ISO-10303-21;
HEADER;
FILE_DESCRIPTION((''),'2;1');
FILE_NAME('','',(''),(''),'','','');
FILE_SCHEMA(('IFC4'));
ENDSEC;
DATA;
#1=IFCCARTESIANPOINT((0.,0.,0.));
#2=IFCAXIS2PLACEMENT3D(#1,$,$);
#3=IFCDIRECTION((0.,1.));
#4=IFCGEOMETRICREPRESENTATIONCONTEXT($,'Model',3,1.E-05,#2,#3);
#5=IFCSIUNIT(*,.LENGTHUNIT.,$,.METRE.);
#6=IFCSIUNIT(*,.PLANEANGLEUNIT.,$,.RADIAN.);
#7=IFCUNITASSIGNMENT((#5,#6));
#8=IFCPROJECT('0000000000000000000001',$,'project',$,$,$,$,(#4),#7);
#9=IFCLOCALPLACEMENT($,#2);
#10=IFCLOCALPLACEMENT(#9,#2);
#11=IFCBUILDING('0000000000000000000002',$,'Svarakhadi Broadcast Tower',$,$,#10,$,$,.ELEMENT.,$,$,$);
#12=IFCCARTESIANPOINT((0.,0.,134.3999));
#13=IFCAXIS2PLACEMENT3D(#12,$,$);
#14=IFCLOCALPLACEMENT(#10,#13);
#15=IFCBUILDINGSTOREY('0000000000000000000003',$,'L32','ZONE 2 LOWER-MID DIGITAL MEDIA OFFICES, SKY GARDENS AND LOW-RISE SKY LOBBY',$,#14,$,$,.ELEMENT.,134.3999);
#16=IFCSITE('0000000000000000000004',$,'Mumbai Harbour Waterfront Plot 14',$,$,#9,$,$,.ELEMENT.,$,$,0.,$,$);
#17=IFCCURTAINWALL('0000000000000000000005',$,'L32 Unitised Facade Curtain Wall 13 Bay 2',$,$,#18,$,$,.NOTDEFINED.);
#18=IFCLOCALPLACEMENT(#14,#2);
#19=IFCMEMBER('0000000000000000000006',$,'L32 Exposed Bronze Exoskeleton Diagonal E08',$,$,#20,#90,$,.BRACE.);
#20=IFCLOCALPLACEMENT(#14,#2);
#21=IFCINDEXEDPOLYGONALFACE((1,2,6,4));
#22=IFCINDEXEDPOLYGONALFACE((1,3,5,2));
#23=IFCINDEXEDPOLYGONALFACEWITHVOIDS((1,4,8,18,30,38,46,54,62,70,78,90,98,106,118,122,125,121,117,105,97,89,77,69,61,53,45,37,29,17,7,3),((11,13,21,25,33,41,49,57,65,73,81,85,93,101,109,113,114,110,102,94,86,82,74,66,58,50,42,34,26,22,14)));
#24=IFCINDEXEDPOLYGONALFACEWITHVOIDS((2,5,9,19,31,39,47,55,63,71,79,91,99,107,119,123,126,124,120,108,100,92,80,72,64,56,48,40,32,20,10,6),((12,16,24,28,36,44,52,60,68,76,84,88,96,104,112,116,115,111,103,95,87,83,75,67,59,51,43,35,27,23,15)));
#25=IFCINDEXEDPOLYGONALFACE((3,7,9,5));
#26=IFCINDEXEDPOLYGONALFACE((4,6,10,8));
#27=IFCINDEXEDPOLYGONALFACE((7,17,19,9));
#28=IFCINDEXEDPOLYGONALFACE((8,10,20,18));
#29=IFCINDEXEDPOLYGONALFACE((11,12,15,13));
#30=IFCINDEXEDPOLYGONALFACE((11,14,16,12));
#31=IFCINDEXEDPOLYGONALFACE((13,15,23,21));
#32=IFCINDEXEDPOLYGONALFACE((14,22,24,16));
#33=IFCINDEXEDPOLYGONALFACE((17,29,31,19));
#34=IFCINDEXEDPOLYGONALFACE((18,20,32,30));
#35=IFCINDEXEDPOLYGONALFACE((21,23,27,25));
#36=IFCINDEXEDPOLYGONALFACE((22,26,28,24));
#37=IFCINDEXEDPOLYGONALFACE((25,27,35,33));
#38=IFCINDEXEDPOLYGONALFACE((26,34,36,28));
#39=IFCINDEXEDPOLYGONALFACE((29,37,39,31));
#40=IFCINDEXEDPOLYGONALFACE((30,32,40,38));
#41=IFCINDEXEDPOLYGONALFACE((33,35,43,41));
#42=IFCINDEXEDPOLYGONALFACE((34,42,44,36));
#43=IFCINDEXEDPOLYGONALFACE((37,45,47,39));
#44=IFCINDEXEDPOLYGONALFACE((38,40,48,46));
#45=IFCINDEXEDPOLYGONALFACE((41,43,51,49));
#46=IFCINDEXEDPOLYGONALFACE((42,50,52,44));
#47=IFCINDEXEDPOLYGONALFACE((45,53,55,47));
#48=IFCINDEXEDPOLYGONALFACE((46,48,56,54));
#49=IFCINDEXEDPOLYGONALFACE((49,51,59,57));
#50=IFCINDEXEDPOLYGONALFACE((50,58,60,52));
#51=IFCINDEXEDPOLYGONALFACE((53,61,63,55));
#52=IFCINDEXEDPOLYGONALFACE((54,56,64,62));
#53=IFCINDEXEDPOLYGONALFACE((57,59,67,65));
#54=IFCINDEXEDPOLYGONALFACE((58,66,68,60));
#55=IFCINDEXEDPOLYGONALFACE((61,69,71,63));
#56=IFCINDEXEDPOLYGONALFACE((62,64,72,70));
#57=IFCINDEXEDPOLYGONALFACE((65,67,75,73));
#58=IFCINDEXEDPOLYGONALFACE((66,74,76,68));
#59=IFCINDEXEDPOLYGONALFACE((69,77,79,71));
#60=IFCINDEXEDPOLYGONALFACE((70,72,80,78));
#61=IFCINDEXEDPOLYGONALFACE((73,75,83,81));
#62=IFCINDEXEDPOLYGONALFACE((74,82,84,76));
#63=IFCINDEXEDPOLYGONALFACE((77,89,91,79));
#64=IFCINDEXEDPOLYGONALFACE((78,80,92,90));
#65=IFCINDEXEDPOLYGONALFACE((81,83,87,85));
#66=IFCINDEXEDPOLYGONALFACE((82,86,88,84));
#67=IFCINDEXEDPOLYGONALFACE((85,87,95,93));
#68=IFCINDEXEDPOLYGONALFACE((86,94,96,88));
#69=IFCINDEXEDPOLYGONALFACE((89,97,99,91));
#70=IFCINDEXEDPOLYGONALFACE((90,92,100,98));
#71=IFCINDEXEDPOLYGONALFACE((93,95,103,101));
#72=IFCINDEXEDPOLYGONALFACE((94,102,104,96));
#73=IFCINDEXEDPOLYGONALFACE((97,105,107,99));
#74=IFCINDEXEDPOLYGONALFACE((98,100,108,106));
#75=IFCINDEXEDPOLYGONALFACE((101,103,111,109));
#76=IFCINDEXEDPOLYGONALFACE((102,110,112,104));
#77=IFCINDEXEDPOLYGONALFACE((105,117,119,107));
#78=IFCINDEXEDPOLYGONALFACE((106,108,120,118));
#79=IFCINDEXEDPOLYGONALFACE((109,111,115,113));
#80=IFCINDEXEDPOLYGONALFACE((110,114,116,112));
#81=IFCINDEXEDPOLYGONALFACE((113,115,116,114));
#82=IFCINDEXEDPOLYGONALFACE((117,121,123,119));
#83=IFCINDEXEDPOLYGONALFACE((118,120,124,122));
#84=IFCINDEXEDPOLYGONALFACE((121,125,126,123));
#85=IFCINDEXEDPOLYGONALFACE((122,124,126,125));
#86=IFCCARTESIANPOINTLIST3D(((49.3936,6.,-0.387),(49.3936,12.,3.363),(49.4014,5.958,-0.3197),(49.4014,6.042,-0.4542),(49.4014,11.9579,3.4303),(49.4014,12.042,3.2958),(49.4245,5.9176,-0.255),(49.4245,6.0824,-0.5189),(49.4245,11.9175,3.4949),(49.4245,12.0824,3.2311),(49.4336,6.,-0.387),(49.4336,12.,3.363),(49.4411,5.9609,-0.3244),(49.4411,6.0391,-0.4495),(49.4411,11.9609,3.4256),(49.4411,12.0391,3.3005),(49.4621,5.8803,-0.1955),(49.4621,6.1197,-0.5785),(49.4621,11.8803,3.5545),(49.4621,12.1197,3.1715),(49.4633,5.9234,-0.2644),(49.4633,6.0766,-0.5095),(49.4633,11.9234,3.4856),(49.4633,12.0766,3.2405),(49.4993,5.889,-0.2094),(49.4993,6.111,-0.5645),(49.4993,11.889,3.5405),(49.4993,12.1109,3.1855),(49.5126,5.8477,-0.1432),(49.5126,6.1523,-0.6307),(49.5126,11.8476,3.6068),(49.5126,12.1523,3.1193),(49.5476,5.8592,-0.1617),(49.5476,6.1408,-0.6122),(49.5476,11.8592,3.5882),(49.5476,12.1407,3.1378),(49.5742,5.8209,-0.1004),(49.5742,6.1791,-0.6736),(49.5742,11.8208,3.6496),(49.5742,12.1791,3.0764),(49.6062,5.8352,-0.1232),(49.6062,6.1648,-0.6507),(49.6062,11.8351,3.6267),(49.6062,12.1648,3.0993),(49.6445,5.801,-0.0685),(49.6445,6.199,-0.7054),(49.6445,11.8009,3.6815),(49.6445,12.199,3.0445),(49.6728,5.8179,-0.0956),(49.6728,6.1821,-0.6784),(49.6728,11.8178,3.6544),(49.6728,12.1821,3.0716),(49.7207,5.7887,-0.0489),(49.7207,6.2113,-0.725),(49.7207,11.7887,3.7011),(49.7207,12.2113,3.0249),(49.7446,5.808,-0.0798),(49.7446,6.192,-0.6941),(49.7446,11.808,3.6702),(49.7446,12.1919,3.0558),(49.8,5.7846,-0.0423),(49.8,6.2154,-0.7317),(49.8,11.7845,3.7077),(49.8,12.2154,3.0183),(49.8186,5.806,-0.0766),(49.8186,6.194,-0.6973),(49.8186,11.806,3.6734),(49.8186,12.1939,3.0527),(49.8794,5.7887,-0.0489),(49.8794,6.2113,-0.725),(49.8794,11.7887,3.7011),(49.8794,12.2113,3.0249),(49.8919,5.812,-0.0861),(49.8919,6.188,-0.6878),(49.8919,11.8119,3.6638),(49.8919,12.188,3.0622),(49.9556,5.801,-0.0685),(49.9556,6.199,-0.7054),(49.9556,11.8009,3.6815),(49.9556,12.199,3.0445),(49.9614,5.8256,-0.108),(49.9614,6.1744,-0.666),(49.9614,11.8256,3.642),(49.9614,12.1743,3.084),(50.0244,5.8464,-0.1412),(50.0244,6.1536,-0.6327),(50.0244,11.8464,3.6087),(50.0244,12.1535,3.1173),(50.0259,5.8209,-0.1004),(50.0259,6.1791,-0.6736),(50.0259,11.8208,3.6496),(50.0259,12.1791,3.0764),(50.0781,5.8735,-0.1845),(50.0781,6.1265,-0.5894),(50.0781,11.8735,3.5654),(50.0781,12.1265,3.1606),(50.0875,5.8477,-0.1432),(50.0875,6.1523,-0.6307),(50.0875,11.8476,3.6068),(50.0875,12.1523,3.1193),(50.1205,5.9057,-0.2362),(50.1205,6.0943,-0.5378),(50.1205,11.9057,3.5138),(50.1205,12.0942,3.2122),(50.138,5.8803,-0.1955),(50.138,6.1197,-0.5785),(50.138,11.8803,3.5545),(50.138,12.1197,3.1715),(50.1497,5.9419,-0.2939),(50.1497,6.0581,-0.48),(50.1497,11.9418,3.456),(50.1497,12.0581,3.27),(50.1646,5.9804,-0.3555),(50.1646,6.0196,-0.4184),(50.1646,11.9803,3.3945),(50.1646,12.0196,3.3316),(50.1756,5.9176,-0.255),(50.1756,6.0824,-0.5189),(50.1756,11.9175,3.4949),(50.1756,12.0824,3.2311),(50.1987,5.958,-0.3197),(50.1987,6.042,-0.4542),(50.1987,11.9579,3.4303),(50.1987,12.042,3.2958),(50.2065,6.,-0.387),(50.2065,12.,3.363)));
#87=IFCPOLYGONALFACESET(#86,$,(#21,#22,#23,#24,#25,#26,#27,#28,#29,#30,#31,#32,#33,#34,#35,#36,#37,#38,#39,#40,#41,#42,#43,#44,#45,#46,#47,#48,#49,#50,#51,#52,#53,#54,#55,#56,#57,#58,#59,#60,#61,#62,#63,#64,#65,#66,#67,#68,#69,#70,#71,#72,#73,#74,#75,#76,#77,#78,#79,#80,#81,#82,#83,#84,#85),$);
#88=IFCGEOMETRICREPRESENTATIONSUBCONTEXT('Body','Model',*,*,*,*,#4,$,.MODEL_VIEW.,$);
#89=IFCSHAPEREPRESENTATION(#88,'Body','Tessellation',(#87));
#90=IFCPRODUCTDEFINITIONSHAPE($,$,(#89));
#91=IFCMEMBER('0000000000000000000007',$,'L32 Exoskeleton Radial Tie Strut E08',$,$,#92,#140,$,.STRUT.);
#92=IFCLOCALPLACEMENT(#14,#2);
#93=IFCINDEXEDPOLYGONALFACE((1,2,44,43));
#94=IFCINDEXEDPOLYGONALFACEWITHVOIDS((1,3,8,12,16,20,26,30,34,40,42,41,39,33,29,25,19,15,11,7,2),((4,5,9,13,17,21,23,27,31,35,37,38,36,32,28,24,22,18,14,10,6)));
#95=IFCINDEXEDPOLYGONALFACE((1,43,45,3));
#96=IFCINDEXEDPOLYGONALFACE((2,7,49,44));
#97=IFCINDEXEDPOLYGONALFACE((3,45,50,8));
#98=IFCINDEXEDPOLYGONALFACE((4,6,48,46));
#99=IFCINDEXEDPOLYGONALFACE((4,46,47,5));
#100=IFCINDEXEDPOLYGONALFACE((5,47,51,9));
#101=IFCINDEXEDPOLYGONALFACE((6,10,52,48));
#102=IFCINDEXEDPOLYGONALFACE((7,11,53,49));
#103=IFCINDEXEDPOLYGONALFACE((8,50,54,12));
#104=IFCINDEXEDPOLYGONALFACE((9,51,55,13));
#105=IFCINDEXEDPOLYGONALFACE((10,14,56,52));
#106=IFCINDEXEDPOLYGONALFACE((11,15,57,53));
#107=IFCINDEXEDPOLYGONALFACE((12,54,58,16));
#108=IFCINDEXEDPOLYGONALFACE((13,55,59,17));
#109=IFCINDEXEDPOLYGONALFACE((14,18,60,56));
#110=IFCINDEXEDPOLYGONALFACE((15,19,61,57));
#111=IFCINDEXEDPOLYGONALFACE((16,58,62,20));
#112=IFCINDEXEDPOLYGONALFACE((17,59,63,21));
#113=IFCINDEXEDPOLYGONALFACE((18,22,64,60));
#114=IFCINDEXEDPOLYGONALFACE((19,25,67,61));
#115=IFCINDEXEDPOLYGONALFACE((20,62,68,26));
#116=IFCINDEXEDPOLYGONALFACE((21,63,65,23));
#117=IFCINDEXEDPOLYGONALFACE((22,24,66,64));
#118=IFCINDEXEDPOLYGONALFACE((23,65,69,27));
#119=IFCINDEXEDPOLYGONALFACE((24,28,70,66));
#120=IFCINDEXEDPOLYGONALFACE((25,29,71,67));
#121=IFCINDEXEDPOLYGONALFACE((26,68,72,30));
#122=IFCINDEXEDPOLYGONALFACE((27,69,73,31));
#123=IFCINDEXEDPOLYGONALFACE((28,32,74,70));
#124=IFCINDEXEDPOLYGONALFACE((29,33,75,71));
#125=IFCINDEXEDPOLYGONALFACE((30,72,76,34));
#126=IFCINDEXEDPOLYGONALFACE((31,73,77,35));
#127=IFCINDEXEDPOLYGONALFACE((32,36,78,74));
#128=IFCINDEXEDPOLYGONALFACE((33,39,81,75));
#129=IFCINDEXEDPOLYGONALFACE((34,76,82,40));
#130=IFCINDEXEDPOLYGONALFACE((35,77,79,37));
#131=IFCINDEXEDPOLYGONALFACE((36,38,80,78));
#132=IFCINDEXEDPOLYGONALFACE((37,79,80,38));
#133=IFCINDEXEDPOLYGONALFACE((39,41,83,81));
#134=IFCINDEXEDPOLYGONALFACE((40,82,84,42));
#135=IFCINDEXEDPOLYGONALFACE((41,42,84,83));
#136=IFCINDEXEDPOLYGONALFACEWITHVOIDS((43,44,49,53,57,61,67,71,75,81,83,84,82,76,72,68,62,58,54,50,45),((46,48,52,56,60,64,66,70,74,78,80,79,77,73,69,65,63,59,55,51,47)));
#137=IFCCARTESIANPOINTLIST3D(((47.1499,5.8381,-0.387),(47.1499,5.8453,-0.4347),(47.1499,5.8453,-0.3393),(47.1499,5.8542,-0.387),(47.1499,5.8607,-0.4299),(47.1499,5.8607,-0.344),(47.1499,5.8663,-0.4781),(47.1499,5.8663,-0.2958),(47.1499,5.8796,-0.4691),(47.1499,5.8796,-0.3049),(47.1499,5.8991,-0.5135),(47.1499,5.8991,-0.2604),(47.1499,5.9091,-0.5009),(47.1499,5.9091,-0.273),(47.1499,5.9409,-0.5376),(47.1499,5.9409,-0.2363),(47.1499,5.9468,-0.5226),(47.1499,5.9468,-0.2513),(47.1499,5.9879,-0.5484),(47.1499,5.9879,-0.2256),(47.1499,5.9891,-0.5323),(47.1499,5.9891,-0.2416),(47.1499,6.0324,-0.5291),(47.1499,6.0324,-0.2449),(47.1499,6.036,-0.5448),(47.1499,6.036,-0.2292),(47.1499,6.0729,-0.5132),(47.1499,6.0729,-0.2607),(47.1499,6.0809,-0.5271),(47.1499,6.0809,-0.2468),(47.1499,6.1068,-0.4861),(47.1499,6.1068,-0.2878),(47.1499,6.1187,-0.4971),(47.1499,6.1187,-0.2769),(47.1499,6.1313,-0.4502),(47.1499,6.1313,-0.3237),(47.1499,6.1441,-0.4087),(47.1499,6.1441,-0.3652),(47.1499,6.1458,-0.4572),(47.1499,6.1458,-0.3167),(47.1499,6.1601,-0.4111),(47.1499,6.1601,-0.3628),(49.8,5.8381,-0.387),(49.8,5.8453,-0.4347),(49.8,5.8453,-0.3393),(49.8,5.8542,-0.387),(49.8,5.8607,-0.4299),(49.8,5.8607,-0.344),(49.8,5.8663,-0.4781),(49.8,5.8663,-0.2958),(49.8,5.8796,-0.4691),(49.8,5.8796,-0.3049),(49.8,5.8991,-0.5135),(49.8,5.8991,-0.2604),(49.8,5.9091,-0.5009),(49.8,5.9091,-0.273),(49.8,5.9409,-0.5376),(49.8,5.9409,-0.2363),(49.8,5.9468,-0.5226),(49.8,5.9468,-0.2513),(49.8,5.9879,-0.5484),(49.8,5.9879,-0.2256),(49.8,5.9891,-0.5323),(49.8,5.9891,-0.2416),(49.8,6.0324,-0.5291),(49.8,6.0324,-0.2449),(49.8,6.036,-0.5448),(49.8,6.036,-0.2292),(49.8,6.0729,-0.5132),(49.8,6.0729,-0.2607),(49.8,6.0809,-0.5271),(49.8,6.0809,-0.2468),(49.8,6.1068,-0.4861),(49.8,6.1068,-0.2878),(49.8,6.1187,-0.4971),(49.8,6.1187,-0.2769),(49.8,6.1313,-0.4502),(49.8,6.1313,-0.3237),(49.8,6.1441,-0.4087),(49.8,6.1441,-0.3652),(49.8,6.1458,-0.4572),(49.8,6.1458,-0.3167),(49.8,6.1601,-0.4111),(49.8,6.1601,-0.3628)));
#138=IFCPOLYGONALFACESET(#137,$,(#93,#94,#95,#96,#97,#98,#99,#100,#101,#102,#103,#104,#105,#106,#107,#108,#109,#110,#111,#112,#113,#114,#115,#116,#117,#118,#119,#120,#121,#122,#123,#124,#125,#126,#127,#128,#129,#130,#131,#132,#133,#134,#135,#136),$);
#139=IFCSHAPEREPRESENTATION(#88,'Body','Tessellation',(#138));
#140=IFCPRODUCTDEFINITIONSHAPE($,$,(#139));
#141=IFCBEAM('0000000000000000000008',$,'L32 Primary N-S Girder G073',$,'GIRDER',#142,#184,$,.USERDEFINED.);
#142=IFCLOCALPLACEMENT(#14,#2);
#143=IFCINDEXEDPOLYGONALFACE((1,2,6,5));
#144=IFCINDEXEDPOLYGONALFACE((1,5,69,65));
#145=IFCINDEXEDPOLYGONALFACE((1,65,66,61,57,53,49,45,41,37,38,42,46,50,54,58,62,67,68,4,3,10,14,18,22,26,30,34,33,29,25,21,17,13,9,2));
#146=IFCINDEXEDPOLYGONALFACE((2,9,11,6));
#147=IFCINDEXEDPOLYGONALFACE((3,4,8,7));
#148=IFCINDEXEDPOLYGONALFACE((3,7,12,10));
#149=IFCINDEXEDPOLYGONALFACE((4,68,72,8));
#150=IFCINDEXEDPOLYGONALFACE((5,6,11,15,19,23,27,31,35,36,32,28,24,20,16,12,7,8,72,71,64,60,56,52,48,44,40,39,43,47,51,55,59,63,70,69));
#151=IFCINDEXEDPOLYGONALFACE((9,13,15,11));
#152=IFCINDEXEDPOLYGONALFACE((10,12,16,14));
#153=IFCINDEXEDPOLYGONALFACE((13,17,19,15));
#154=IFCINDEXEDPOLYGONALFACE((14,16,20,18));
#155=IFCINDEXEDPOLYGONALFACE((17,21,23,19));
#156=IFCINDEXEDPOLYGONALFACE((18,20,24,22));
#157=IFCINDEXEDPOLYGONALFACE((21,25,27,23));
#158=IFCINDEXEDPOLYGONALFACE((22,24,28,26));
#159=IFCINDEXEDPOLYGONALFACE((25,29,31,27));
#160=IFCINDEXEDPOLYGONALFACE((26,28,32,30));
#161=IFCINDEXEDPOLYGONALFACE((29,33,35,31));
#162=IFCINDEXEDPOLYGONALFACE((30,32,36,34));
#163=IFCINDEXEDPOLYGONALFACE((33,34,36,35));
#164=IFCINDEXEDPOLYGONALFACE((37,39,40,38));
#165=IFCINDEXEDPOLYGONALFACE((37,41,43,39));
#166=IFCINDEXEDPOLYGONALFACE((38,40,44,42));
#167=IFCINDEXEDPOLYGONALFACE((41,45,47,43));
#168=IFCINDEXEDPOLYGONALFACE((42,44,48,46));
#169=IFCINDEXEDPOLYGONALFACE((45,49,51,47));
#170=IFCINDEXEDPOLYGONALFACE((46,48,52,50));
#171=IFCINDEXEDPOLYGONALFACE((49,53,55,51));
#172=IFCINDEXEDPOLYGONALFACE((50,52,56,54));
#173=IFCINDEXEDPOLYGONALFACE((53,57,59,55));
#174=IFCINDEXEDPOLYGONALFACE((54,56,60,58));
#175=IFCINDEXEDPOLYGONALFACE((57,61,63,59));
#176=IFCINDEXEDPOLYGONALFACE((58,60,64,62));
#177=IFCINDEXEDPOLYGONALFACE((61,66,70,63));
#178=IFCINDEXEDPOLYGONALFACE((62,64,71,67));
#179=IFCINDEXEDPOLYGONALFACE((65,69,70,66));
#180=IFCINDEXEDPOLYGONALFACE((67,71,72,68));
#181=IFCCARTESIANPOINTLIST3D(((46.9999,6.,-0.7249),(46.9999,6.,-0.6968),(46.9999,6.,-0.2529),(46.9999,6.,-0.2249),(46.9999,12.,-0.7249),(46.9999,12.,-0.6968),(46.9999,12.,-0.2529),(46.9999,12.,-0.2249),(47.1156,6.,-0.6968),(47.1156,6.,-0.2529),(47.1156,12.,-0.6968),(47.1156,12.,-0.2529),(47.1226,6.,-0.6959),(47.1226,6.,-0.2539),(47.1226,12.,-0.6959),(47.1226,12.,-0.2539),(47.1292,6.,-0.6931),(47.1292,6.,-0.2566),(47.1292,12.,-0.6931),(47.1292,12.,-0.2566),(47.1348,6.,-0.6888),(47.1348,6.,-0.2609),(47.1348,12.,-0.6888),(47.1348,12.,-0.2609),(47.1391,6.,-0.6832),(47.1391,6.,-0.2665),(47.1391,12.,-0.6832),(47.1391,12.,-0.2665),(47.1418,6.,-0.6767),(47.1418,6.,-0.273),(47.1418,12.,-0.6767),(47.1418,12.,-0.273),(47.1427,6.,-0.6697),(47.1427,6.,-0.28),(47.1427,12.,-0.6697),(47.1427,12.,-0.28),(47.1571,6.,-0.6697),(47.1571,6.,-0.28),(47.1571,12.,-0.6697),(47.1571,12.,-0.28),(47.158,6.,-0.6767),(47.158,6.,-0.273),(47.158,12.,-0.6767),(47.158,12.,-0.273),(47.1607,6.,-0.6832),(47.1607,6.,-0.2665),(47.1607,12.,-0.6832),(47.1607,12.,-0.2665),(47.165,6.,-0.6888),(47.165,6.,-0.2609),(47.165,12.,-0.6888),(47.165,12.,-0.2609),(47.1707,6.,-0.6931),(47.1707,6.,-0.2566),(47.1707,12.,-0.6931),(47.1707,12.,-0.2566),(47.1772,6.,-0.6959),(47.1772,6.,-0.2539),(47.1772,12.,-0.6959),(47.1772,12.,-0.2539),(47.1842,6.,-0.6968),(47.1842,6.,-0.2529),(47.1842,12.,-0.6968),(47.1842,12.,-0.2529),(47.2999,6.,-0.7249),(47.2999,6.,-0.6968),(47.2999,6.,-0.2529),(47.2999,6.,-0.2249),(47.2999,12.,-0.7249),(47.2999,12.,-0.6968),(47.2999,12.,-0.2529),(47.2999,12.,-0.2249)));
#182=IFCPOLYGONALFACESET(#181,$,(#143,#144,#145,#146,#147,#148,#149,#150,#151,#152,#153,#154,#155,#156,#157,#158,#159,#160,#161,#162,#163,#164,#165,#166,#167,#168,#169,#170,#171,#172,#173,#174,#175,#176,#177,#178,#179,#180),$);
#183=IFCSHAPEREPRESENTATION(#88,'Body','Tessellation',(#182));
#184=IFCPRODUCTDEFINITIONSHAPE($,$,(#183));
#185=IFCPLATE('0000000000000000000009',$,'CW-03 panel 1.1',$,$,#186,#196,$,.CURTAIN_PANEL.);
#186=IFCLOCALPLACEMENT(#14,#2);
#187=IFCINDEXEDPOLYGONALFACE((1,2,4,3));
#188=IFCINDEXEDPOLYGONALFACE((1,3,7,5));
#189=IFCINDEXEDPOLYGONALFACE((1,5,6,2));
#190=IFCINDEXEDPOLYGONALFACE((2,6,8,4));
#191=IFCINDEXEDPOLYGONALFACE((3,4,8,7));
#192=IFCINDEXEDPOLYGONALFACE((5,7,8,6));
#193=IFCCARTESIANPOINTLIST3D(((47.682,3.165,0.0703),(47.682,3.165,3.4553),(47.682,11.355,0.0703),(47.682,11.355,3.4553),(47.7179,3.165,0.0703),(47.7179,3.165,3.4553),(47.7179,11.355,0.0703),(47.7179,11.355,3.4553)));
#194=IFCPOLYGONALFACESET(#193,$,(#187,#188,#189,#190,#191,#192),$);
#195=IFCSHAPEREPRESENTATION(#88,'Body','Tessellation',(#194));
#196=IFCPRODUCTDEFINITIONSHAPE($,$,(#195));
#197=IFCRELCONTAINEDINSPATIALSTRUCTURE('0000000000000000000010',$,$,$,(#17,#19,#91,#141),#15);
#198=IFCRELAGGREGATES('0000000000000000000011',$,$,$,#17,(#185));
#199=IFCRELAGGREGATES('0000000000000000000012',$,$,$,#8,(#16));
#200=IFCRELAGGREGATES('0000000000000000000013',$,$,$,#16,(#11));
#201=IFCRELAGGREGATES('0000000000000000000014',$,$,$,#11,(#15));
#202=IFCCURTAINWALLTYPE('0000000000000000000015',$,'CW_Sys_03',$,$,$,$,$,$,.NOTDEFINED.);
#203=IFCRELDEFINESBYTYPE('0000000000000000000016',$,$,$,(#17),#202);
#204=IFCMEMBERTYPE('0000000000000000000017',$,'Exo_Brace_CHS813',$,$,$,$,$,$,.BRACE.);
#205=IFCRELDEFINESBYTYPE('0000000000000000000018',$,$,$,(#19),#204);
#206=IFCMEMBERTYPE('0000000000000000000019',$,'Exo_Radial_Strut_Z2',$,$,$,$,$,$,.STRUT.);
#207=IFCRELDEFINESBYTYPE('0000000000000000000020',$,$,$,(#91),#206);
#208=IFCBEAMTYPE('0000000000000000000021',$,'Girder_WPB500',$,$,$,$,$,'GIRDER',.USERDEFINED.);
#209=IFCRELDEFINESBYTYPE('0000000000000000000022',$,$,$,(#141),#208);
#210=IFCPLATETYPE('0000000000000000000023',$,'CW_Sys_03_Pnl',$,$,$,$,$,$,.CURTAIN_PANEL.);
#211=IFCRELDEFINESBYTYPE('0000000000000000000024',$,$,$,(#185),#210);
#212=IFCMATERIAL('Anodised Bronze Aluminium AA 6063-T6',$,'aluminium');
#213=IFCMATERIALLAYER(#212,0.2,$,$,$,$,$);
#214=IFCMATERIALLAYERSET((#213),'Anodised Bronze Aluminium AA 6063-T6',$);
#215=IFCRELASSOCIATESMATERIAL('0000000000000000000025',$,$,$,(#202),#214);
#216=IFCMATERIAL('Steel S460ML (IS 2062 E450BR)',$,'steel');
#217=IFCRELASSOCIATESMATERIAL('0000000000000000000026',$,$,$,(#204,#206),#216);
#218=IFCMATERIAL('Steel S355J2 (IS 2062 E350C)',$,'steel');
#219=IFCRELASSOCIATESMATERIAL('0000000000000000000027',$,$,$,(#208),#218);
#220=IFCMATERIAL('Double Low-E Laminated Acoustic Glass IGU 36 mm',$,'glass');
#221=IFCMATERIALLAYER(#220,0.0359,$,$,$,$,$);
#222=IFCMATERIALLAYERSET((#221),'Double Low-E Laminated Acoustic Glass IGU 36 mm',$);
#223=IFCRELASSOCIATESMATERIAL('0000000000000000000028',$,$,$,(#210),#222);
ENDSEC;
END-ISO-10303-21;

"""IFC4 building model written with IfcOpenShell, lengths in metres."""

from ifc_helpers import new_model, si_unit, direction, frame, origin, origin_2d, place, context, subcontext, project, spatial, rectangle, hollow_circle, i_section, extrude, material, layer, layer_set, material_profile, profile_set, type_object, element, aggregate, save


model = new_model("IFC4")

# Units and contexts
model_context = context("Model", 3, precision=1e-05, world=origin(), true_north=direction((0.0, 1.0)))
body_context = subcontext(model_context, "Body", "Model", "MODEL_VIEW")
ifc_project = project(units=[si_unit("LENGTHUNIT", "METRE"), si_unit("PLANEANGLEUNIT", "RADIAN")], contexts=[model_context])

# Site, building, storey
site_placement = place(None, origin())
site = spatial("IfcSite", under=ifc_project, at=site_placement, Name="Mumbai Harbour Waterfront Plot 14", CompositionType="ELEMENT", RefElevation=0.0)
building_placement = place(site_placement, origin())
building = spatial("IfcBuilding", under=site, at=building_placement, Name="Svarakhadi Broadcast Tower", CompositionType="ELEMENT")
storey_placement = place(building_placement, frame((0.0, 0.0, 134.3999)))
storey = spatial("IfcBuildingStorey", under=building, at=storey_placement, Name="L32", Description="ZONE 2 LOWER-MID DIGITAL MEDIA OFFICES, SKY GARDENS AND LOW-RISE SKY LOBBY", CompositionType="ELEMENT", Elevation=134.3999)

# Shared definitions
ifc_material_1 = material(Name="Steel S460ML (IS 2062 E450BR)", Category="steel")

# Curtain wall
ifc_material_2 = material(Name="Anodised Bronze Aluminium AA 6063-T6", Category="aluminium")
ifc_layer_1 = layer(ifc_material_2, 0.2)
ifc_layer_set_1 = layer_set([ifc_layer_1], Name="Anodised Bronze Aluminium AA 6063-T6")
curtain_wall_type = type_object("IfcCurtainWallType", Name="CW_Sys_03", PredefinedType="NOTDEFINED", material=ifc_layer_set_1)
curtain_wall_1_placement = place(storey_placement, origin())
curtain_wall_1 = element("IfcCurtainWall", 1, at=curtain_wall_1_placement, inside=storey, type_object=curtain_wall_type, Name="L32 Unitised Facade Curtain Wall 13 Bay 2", PredefinedType="NOTDEFINED")

# Members
ifc_material_profile_1 = material_profile(ifc_material_1, hollow_circle(Radius=0.4065, WallThickness=0.04, at=origin_2d()), Name="CHS 813x40")
ifc_profile_set_1 = profile_set([ifc_material_profile_1], Name="Steel S460ML (IS 2062 E450BR)")
member_type_1 = type_object("IfcMemberType", Name="Exo_Brace_CHS813", PredefinedType="BRACE", material=ifc_profile_set_1)
member_1_placement = place(storey_placement, frame((49.8, 6.0, -0.387), z_axis=(0.0, 0.847998, 0.529999), x_axis=(-1.0, 0.0, 0.0)))
element("IfcMember", 2, at=member_1_placement, inside=storey, type_object=member_type_1, Name="L32 Exposed Bronze Exoskeleton Diagonal E08", PredefinedType="BRACE", context=body_context, shape_type="SweptSolid", body=[
    extrude(hollow_circle(Radius=0.4065, WallThickness=0.04, at=origin_2d()), origin(), (0.0, 0.0, 1.0), 7.0754),
])
ifc_material_profile_2 = material_profile(ifc_material_1, hollow_circle(Radius=0.1619, WallThickness=0.0161, at=origin_2d()), Name="CHS 323.9x16")
ifc_profile_set_2 = profile_set([ifc_material_profile_2], Name="Steel S460ML (IS 2062 E450BR)")
member_type_2 = type_object("IfcMemberType", Name="Exo_Radial_Strut_Z2", PredefinedType="STRUT", material=ifc_profile_set_2)
member_2_placement = place(storey_placement, frame((49.8, 6.0, -0.387), z_axis=(-1.0, 0.0, 0.0), x_axis=(0.0, -1.0, 0.0)))
element("IfcMember", 3, at=member_2_placement, inside=storey, type_object=member_type_2, Name="L32 Exoskeleton Radial Tie Strut E08", PredefinedType="STRUT", context=body_context, shape_type="SweptSolid", body=[
    extrude(hollow_circle(Radius=0.1619, WallThickness=0.0161, at=origin_2d()), origin(), (0.0, 0.0, 1.0), 2.6501),
])

# Beam
ifc_material_3 = material(Name="Steel S355J2 (IS 2062 E350C)", Category="steel")
ifc_material_profile_3 = material_profile(ifc_material_3, i_section(OverallWidth=0.3, OverallDepth=0.5, WebThickness=0.0144, FlangeThickness=0.0281, FilletRadius=0.0271, at=origin_2d()), Name="WPB 500x300x187")
ifc_profile_set_3 = profile_set([ifc_material_profile_3], Name="Steel S355J2 (IS 2062 E350C)")
beam_type = type_object("IfcBeamType", Name="Girder_WPB500", ElementType="GIRDER", PredefinedType="USERDEFINED", material=ifc_profile_set_3)
beam_placement = place(storey_placement, frame((47.1499, 6.0, -0.4749), z_axis=(0.0, 1.0, 0.0), x_axis=(-1.0, 0.0, 0.0)))
element("IfcBeam", 4, at=beam_placement, inside=storey, type_object=beam_type, Name="L32 Primary N-S Girder G073", ObjectType="GIRDER", PredefinedType="USERDEFINED", context=body_context, shape_type="SweptSolid", body=[
    extrude(i_section(OverallWidth=0.3, OverallDepth=0.5, WebThickness=0.0144, FlangeThickness=0.0281, FilletRadius=0.0271, at=origin_2d()), origin(), (0.0, 0.0, 1.0), 6.0),
])

# Plate
ifc_material_4 = material(Name="Double Low-E Laminated Acoustic Glass IGU 36 mm", Category="glass")
ifc_layer_2 = layer(ifc_material_4, 0.0359)
ifc_layer_set_2 = layer_set([ifc_layer_2], Name="Double Low-E Laminated Acoustic Glass IGU 36 mm")
plate_type_1 = type_object("IfcPlateType", Name="CW_Sys_03_Pnl", PredefinedType="CURTAIN_PANEL", material=ifc_layer_set_2)
plate_1_placement = place(storey_placement, frame((47.7, 7.26, 0.0703), z_axis=(0.0, 0.0, 1.0), x_axis=(0.0, -1.0, 0.0)))
plate_1 = element("IfcPlate", 5, at=plate_1_placement, type_object=plate_type_1, Name="CW-03 panel 1.1", PredefinedType="CURTAIN_PANEL", context=body_context, shape_type="SweptSolid", body=[
    extrude(rectangle(XDim=8.1899, YDim=0.0359, at=origin_2d()), origin(), (0.0, 0.0, 1.0), 3.385),
])
aggregate(curtain_wall_1, [plate_1])

save(model, "model.ifc")
